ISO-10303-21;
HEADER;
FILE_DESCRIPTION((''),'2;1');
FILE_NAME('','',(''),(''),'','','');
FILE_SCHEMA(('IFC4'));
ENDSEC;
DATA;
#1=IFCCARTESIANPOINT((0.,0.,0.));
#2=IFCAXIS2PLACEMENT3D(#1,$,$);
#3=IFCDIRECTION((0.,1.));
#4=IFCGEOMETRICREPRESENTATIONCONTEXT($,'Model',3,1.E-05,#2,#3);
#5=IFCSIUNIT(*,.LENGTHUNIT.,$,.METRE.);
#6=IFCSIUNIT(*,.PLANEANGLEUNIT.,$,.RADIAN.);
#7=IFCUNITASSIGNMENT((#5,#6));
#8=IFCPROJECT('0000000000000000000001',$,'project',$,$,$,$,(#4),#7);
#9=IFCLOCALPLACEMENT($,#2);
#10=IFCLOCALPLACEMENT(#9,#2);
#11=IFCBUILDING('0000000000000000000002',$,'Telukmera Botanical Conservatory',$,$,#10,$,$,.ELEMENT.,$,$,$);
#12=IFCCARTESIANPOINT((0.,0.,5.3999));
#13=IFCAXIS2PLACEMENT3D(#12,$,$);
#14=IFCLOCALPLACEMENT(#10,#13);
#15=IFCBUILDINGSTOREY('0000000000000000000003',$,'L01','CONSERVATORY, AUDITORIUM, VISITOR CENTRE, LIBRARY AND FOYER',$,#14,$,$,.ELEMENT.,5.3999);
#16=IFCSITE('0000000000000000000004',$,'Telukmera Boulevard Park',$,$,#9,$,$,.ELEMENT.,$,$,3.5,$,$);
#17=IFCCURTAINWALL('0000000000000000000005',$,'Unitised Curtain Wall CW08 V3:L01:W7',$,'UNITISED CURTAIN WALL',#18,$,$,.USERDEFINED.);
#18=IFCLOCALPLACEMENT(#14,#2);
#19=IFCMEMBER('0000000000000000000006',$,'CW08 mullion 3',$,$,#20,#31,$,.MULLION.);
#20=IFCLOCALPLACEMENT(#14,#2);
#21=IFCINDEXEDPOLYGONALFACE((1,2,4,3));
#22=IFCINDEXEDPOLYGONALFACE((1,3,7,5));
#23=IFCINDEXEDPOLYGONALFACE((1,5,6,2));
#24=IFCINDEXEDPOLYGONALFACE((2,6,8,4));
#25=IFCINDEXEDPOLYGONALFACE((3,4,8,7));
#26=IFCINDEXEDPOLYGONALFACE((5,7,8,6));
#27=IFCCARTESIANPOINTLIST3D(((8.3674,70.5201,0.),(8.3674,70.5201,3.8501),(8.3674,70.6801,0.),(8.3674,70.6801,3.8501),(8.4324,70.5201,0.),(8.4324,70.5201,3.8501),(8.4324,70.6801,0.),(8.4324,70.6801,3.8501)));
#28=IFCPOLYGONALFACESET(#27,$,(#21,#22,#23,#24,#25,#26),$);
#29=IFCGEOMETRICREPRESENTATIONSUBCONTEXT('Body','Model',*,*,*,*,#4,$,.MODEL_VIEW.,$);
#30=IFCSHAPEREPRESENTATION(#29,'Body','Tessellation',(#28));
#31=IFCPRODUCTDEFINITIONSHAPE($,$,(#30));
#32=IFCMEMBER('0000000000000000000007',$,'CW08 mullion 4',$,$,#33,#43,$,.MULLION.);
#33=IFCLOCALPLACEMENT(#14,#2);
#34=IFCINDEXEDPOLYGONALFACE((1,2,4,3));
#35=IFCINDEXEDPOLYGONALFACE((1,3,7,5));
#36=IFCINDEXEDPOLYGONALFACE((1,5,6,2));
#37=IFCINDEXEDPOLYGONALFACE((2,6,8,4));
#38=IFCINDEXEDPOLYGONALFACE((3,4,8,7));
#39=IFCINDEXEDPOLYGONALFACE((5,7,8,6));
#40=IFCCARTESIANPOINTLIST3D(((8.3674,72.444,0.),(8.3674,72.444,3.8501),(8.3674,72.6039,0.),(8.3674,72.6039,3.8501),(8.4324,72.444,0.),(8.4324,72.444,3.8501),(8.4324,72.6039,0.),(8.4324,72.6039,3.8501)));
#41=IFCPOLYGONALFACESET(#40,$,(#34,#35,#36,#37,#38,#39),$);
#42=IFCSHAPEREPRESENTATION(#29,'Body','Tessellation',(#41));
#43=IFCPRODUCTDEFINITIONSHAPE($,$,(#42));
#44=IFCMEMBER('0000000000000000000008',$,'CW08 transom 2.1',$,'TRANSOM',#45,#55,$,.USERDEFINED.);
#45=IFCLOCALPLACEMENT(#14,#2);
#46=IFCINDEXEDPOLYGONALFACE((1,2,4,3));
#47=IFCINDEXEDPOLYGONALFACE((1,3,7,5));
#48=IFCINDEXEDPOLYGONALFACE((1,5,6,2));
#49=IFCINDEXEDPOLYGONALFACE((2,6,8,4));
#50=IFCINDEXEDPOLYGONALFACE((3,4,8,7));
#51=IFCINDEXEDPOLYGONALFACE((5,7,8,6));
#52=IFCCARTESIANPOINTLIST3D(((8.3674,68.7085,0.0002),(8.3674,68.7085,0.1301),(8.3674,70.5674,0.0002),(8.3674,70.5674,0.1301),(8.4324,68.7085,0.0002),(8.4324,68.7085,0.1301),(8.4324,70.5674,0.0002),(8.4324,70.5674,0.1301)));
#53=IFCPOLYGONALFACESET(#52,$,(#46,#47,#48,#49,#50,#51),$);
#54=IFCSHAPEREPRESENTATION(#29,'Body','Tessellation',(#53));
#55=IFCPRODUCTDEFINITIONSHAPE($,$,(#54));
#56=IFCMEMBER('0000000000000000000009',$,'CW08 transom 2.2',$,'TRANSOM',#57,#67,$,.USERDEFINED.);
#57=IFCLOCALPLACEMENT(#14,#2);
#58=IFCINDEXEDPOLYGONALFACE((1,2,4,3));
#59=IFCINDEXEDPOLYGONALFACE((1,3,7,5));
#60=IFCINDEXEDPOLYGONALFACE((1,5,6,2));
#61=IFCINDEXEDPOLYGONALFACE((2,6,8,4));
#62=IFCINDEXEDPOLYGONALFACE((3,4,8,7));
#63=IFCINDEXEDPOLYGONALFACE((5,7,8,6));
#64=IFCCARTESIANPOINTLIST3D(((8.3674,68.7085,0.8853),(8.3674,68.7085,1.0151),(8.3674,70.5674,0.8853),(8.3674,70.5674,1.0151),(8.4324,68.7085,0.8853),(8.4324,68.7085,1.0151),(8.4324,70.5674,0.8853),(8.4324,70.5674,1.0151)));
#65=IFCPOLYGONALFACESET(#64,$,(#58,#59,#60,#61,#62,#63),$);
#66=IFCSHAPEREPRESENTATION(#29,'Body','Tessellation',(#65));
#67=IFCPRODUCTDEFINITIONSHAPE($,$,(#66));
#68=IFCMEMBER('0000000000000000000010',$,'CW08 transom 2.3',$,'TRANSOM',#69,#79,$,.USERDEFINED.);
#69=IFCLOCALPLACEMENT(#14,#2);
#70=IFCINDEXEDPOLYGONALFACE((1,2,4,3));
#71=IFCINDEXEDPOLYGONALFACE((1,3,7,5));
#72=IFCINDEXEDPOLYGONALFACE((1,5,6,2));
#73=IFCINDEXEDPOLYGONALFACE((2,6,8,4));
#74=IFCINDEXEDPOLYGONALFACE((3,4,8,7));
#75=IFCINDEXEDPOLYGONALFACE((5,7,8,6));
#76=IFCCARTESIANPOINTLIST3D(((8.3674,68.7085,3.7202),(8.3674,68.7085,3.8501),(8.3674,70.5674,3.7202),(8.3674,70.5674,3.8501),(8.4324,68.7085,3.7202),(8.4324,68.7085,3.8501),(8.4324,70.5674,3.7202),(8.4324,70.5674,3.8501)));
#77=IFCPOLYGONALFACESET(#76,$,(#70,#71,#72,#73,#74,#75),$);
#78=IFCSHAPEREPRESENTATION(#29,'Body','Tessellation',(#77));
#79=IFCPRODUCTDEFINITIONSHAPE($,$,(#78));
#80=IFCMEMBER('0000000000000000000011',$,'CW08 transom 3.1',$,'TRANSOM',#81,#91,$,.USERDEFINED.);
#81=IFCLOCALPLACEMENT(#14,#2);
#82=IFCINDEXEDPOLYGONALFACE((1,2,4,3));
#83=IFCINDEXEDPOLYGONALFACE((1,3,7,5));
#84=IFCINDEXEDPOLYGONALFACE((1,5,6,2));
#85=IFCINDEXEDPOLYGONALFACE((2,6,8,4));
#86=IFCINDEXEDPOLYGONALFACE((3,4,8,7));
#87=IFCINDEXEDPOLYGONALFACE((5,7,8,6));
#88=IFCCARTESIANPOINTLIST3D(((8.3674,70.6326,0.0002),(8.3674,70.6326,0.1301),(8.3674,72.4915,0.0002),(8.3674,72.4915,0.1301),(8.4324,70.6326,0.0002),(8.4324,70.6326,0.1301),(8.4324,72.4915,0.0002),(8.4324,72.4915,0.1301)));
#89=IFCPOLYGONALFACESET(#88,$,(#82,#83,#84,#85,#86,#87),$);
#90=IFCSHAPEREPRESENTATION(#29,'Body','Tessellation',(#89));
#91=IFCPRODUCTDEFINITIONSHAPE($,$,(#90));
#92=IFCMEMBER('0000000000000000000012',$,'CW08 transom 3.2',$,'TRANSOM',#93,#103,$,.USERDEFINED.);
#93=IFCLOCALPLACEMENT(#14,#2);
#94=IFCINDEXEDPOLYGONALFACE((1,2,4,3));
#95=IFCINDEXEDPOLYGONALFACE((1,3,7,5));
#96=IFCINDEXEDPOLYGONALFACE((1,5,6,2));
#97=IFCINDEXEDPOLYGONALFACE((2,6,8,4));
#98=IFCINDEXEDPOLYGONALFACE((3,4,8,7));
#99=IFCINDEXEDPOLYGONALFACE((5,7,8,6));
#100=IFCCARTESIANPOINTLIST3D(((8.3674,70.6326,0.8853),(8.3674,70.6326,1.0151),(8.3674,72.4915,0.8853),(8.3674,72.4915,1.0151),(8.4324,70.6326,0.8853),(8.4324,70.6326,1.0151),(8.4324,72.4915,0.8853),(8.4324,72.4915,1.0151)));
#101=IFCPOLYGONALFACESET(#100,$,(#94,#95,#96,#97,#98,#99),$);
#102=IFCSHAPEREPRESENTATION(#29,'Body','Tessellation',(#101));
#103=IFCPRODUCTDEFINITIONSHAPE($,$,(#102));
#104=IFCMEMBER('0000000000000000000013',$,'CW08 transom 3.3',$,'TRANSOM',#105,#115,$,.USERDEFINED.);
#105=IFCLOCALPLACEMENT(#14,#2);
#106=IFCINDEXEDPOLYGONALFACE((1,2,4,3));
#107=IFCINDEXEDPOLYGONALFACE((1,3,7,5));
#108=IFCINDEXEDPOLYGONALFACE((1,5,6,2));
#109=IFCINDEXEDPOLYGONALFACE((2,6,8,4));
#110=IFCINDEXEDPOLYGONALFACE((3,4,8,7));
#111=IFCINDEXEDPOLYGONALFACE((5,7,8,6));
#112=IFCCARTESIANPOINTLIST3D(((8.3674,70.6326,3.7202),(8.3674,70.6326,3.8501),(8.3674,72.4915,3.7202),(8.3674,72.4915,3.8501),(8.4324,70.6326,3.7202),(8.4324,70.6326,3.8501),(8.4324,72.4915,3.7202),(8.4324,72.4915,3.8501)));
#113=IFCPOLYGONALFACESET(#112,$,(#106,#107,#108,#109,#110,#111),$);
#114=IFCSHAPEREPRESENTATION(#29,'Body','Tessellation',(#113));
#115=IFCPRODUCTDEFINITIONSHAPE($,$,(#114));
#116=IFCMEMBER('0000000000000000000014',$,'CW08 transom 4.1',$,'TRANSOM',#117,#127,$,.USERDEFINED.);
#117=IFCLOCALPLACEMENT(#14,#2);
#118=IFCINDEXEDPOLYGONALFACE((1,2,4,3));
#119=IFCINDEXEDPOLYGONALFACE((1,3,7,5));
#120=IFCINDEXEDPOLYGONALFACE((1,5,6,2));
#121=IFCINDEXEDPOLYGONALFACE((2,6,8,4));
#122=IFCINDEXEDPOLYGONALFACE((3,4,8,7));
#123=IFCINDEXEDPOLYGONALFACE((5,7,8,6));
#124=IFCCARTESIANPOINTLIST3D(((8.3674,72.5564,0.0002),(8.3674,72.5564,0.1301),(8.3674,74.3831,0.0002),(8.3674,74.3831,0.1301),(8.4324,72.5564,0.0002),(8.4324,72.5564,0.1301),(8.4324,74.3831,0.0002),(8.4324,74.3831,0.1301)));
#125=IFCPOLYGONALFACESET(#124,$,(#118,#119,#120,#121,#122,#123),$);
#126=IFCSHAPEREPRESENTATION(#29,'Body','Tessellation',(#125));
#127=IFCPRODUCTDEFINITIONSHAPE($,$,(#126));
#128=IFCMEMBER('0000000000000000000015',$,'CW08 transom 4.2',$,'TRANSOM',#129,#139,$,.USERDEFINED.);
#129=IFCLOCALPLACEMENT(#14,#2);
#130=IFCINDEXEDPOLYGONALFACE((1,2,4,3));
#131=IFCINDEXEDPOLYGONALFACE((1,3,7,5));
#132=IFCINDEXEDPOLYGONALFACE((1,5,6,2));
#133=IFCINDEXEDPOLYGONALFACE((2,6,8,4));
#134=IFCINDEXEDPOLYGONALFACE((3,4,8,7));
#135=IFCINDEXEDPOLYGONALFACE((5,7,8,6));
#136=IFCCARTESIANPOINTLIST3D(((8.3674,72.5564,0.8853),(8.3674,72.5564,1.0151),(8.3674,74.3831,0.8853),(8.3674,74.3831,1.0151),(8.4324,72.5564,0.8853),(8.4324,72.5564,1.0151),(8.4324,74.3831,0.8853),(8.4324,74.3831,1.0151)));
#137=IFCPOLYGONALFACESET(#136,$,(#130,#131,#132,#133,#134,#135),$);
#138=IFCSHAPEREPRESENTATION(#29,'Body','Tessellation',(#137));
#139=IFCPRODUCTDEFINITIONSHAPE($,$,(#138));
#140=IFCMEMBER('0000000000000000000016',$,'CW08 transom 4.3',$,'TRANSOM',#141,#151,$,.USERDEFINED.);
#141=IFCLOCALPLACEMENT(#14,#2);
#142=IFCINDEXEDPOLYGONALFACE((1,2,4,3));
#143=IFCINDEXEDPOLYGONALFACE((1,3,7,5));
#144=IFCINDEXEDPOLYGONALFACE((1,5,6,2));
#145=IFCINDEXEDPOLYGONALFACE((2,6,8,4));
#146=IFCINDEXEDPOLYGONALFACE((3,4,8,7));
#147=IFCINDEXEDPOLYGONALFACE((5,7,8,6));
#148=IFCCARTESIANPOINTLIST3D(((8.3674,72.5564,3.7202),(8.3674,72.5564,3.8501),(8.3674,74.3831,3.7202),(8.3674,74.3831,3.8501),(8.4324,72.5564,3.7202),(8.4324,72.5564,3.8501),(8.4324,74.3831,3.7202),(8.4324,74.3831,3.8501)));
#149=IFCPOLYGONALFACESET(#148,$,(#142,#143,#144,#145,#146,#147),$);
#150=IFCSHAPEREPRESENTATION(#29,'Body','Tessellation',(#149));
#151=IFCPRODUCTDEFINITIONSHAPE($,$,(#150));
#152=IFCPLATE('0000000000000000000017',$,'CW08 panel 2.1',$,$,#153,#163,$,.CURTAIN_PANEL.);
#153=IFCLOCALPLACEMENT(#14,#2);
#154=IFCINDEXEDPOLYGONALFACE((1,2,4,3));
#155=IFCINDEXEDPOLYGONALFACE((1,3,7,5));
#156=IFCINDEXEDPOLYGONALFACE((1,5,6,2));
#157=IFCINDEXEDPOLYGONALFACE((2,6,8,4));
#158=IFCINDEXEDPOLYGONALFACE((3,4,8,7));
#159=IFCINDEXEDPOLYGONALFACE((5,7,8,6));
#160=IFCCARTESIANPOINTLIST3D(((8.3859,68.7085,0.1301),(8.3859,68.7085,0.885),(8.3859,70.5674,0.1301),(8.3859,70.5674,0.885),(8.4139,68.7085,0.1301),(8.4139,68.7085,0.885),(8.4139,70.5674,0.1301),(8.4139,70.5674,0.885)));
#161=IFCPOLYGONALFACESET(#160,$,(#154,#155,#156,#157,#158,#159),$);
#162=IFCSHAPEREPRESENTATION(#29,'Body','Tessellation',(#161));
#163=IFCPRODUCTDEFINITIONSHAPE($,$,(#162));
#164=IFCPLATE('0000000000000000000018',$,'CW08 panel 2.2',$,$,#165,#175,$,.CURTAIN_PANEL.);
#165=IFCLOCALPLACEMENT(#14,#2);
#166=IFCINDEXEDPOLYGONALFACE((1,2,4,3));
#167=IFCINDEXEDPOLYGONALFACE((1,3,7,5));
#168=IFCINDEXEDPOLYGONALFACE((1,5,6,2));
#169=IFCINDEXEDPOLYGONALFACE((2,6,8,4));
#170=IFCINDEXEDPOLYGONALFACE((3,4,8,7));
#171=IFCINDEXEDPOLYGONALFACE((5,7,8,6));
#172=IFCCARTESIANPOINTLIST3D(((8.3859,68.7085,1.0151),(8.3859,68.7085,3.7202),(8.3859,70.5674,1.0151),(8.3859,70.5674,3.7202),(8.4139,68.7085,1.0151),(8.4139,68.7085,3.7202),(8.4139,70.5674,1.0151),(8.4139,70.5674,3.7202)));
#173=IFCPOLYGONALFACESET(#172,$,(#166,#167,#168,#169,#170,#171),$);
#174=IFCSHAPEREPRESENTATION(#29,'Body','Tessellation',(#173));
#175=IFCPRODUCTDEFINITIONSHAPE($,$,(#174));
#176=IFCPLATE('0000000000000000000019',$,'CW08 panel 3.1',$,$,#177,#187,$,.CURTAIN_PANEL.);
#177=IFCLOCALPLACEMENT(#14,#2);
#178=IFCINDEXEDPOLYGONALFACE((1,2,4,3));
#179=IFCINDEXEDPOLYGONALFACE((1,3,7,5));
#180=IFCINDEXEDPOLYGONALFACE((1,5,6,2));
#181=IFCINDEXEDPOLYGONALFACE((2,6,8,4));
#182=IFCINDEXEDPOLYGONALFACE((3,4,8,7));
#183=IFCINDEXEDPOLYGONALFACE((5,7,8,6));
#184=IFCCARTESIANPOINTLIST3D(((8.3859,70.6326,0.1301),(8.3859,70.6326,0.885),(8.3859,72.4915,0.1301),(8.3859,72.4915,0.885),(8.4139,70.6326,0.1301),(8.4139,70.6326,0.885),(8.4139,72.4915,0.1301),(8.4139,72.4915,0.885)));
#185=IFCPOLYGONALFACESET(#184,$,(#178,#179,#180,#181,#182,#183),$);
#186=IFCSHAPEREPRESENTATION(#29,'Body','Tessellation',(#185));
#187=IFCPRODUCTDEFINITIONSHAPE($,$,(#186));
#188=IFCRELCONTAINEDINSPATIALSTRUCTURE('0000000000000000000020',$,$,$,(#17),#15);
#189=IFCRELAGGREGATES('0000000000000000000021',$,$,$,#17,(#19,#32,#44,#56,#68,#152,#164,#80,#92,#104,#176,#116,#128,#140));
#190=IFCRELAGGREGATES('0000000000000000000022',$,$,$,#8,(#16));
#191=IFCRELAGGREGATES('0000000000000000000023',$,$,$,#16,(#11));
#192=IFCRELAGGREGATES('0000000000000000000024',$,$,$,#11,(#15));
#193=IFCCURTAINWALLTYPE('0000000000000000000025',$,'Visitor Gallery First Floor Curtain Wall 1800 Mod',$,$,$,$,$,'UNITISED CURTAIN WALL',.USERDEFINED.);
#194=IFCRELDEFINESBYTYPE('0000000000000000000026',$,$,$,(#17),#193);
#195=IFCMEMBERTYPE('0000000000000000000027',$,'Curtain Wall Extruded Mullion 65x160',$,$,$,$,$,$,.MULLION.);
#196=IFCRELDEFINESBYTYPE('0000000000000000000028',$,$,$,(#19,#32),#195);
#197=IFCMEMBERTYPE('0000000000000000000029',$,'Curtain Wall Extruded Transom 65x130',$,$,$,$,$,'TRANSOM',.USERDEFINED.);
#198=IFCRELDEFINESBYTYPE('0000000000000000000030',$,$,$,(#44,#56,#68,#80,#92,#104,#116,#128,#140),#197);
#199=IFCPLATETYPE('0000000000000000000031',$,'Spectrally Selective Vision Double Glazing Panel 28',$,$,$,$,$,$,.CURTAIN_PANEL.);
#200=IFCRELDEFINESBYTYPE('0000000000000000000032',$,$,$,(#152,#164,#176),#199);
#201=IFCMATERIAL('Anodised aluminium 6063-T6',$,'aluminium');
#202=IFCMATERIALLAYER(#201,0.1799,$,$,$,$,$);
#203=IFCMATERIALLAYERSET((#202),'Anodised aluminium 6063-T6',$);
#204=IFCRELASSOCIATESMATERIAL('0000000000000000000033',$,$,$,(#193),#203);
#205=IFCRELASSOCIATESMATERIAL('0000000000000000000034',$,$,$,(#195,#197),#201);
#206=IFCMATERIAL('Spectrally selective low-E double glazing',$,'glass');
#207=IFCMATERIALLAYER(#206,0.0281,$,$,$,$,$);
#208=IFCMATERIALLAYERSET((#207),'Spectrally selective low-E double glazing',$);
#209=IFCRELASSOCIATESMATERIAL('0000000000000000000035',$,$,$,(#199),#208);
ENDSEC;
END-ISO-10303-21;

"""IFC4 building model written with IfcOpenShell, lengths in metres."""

from ifc_helpers import new_model, si_unit, direction, frame, origin, origin_2d, place, context, subcontext, project, spatial, rectangle, extrude, material, layer, layer_set, material_profile, profile_set, type_object, element, aggregate, save


model = new_model("IFC4")

# Units and contexts
model_context = context("Model", 3, precision=1e-05, world=origin(), true_north=direction((0.0, 1.0)))
body_context = subcontext(model_context, "Body", "Model", "MODEL_VIEW")
ifc_project = project(units=[si_unit("LENGTHUNIT", "METRE"), si_unit("PLANEANGLEUNIT", "RADIAN")], contexts=[model_context])

# Site, building, storey
site_placement = place(None, origin())
site = spatial("IfcSite", under=ifc_project, at=site_placement, Name="Telukmera Boulevard Park", CompositionType="ELEMENT", RefElevation=3.5)
building_placement = place(site_placement, origin())
building = spatial("IfcBuilding", under=site, at=building_placement, Name="Telukmera Botanical Conservatory", CompositionType="ELEMENT")
storey_placement = place(building_placement, frame((0.0, 0.0, 5.3999)))
storey = spatial("IfcBuildingStorey", under=building, at=storey_placement, Name="L01", Description="CONSERVATORY, AUDITORIUM, VISITOR CENTRE, LIBRARY AND FOYER", CompositionType="ELEMENT", Elevation=5.3999)

# Curtain wall, members, plates
ifc_material_1 = material(Name="Anodised aluminium 6063-T6", Category="aluminium")
ifc_layer_1 = layer(ifc_material_1, 0.1799)
ifc_layer_set_1 = layer_set([ifc_layer_1], Name="Anodised aluminium 6063-T6")
curtain_wall_type = type_object("IfcCurtainWallType", Name="Visitor Gallery First Floor Curtain Wall 1800 Mod", ElementType="UNITISED CURTAIN WALL", PredefinedType="USERDEFINED", material=ifc_layer_set_1)
curtain_wall_placement = place(storey_placement, origin())
curtain_wall = element("IfcCurtainWall", 1, at=curtain_wall_placement, inside=storey, type_object=curtain_wall_type, Name="Unitised Curtain Wall CW08 V3:L01:W7", ObjectType="UNITISED CURTAIN WALL", PredefinedType="USERDEFINED")
ifc_material_profile_1 = material_profile(ifc_material_1, rectangle(XDim=0.0649, YDim=0.1599, at=origin_2d()), Name="ALU MULL 65x160")
ifc_profile_set_1 = profile_set([ifc_material_profile_1], Name="Anodised aluminium 6063-T6")
member_type_1 = type_object("IfcMemberType", Name="Curtain Wall Extruded Mullion 65x160", PredefinedType="MULLION", material=ifc_profile_set_1)
member_1_placement = place(storey_placement, frame((8.3999, 70.6001, 0.0), z_axis=(0.0, 0.0, 1.0), x_axis=(-1.0, 0.0, 0.0)))
member_1 = element("IfcMember", 2, at=member_1_placement, type_object=member_type_1, Name="CW08 mullion 3", PredefinedType="MULLION", context=body_context, shape_type="SweptSolid", body=[
    extrude(rectangle(XDim=0.0649, YDim=0.1599, at=origin_2d()), origin(), (0.0, 0.0, 1.0), 3.8501),
])
member_2_placement = place(storey_placement, frame((8.3999, 72.5239, 0.0), z_axis=(0.0, 0.0, 1.0), x_axis=(-1.0, 0.0, 0.0)))
member_2 = element("IfcMember", 3, at=member_2_placement, type_object=member_type_1, Name="CW08 mullion 4", PredefinedType="MULLION", context=body_context, shape_type="SweptSolid", body=[
    extrude(rectangle(XDim=0.0649, YDim=0.1599, at=origin_2d()), origin(), (0.0, 0.0, 1.0), 3.8501),
])
ifc_material_profile_2 = material_profile(ifc_material_1, rectangle(XDim=0.0649, YDim=0.1299, at=origin_2d()), Name="ALU TRAN 65x130")
ifc_profile_set_2 = profile_set([ifc_material_profile_2], Name="Anodised aluminium 6063-T6")
member_type_2 = type_object("IfcMemberType", Name="Curtain Wall Extruded Transom 65x130", ElementType="TRANSOM", PredefinedType="USERDEFINED", material=ifc_profile_set_2)
member_3_placement = place(storey_placement, frame((8.3999, 68.7085, 0.0652), z_axis=(0.0, 1.0, 0.0), x_axis=(-1.0, 0.0, 0.0)))
member_3 = element("IfcMember", 4, at=member_3_placement, type_object=member_type_2, Name="CW08 transom 2.1", ObjectType="TRANSOM", PredefinedType="USERDEFINED", context=body_context, shape_type="SweptSolid", body=[
    extrude(rectangle(XDim=0.0649, YDim=0.1299, at=origin_2d()), origin(), (0.0, 0.0, 1.0), 1.8589),
])
member_4_placement = place(storey_placement, frame((8.3999, 68.7085, 0.9502), z_axis=(0.0, 1.0, 0.0), x_axis=(-1.0, 0.0, 0.0)))
member_4 = element("IfcMember", 5, at=member_4_placement, type_object=member_type_2, Name="CW08 transom 2.2", ObjectType="TRANSOM", PredefinedType="USERDEFINED", context=body_context, shape_type="SweptSolid", body=[
    extrude(rectangle(XDim=0.0649, YDim=0.1299, at=origin_2d()), origin(), (0.0, 0.0, 1.0), 1.8589),
])
member_5_placement = place(storey_placement, frame((8.3999, 68.7085, 3.7852), z_axis=(0.0, 1.0, 0.0), x_axis=(-1.0, 0.0, 0.0)))
member_5 = element("IfcMember", 6, at=member_5_placement, type_object=member_type_2, Name="CW08 transom 2.3", ObjectType="TRANSOM", PredefinedType="USERDEFINED", context=body_context, shape_type="SweptSolid", body=[
    extrude(rectangle(XDim=0.0649, YDim=0.1299, at=origin_2d()), origin(), (0.0, 0.0, 1.0), 1.8589),
])
member_6_placement = place(storey_placement, frame((8.3999, 70.6326, 0.0652), z_axis=(0.0, 1.0, 0.0), x_axis=(-1.0, 0.0, 0.0)))
member_6 = element("IfcMember", 7, at=member_6_placement, type_object=member_type_2, Name="CW08 transom 3.1", ObjectType="TRANSOM", PredefinedType="USERDEFINED", context=body_context, shape_type="SweptSolid", body=[
    extrude(rectangle(XDim=0.0649, YDim=0.1299, at=origin_2d()), origin(), (0.0, 0.0, 1.0), 1.8589),
])
member_7_placement = place(storey_placement, frame((8.3999, 70.6326, 0.9502), z_axis=(0.0, 1.0, 0.0), x_axis=(-1.0, 0.0, 0.0)))
member_7 = element("IfcMember", 8, at=member_7_placement, type_object=member_type_2, Name="CW08 transom 3.2", ObjectType="TRANSOM", PredefinedType="USERDEFINED", context=body_context, shape_type="SweptSolid", body=[
    extrude(rectangle(XDim=0.0649, YDim=0.1299, at=origin_2d()), origin(), (0.0, 0.0, 1.0), 1.8589),
])
member_8_placement = place(storey_placement, frame((8.3999, 70.6326, 3.7852), z_axis=(0.0, 1.0, 0.0), x_axis=(-1.0, 0.0, 0.0)))
member_8 = element("IfcMember", 9, at=member_8_placement, type_object=member_type_2, Name="CW08 transom 3.3", ObjectType="TRANSOM", PredefinedType="USERDEFINED", context=body_context, shape_type="SweptSolid", body=[
    extrude(rectangle(XDim=0.0649, YDim=0.1299, at=origin_2d()), origin(), (0.0, 0.0, 1.0), 1.8589),
])
member_9_placement = place(storey_placement, frame((8.3999, 72.5564, 0.0652), z_axis=(0.0, 1.0, 0.0), x_axis=(-1.0, 0.0, 0.0)))
member_9 = element("IfcMember", 10, at=member_9_placement, type_object=member_type_2, Name="CW08 transom 4.1", ObjectType="TRANSOM", PredefinedType="USERDEFINED", context=body_context, shape_type="SweptSolid", body=[
    extrude(rectangle(XDim=0.0649, YDim=0.1299, at=origin_2d()), origin(), (0.0, 0.0, 1.0), 1.8267),
])
member_10_placement = place(storey_placement, frame((8.3999, 72.5564, 0.9502), z_axis=(0.0, 1.0, 0.0), x_axis=(-1.0, 0.0, 0.0)))
member_10 = element("IfcMember", 11, at=member_10_placement, type_object=member_type_2, Name="CW08 transom 4.2", ObjectType="TRANSOM", PredefinedType="USERDEFINED", context=body_context, shape_type="SweptSolid", body=[
    extrude(rectangle(XDim=0.0649, YDim=0.1299, at=origin_2d()), origin(), (0.0, 0.0, 1.0), 1.8267),
])
member_11_placement = place(storey_placement, frame((8.3999, 72.5564, 3.7852), z_axis=(0.0, 1.0, 0.0), x_axis=(-1.0, 0.0, 0.0)))
member_11 = element("IfcMember", 12, at=member_11_placement, type_object=member_type_2, Name="CW08 transom 4.3", ObjectType="TRANSOM", PredefinedType="USERDEFINED", context=body_context, shape_type="SweptSolid", body=[
    extrude(rectangle(XDim=0.0649, YDim=0.1299, at=origin_2d()), origin(), (0.0, 0.0, 1.0), 1.8267),
])
ifc_material_2 = material(Name="Spectrally selective low-E double glazing", Category="glass")
ifc_layer_2 = layer(ifc_material_2, 0.0281)
ifc_layer_set_2 = layer_set([ifc_layer_2], Name="Spectrally selective low-E double glazing")
plate_type = type_object("IfcPlateType", Name="Spectrally Selective Vision Double Glazing Panel 28", PredefinedType="CURTAIN_PANEL", material=ifc_layer_set_2)
plate_1_placement = place(storey_placement, frame((8.3999, 69.6379, 0.1301), z_axis=(0.0, 0.0, 1.0), x_axis=(0.0, 1.0, 0.0)))
plate_1 = element("IfcPlate", 13, at=plate_1_placement, type_object=plate_type, Name="CW08 panel 2.1", PredefinedType="CURTAIN_PANEL", context=body_context, shape_type="SweptSolid", body=[
    extrude(rectangle(XDim=1.8589, YDim=0.0281, at=origin_2d()), origin(), (0.0, 0.0, 1.0), 0.7549),
])
plate_2_placement = place(storey_placement, frame((8.3999, 69.6379, 1.0151), z_axis=(0.0, 0.0, 1.0), x_axis=(0.0, 1.0, 0.0)))
plate_2 = element("IfcPlate", 14, at=plate_2_placement, type_object=plate_type, Name="CW08 panel 2.2", PredefinedType="CURTAIN_PANEL", context=body_context, shape_type="SweptSolid", body=[
    extrude(rectangle(XDim=1.8589, YDim=0.0281, at=origin_2d()), origin(), (0.0, 0.0, 1.0), 2.7051),
])
plate_3_placement = place(storey_placement, frame((8.3999, 71.562, 0.1301), z_axis=(0.0, 0.0, 1.0), x_axis=(0.0, 1.0, 0.0)))
plate_3 = element("IfcPlate", 15, at=plate_3_placement, type_object=plate_type, Name="CW08 panel 3.1", PredefinedType="CURTAIN_PANEL", context=body_context, shape_type="SweptSolid", body=[
    extrude(rectangle(XDim=1.8589, YDim=0.0281, at=origin_2d()), origin(), (0.0, 0.0, 1.0), 0.7549),
])
aggregate(curtain_wall, [member_1, member_2, member_3, member_4, member_5, plate_1, plate_2, member_6, member_7, member_8, plate_3, member_9, member_10, member_11])

save(model, "model.ifc")
